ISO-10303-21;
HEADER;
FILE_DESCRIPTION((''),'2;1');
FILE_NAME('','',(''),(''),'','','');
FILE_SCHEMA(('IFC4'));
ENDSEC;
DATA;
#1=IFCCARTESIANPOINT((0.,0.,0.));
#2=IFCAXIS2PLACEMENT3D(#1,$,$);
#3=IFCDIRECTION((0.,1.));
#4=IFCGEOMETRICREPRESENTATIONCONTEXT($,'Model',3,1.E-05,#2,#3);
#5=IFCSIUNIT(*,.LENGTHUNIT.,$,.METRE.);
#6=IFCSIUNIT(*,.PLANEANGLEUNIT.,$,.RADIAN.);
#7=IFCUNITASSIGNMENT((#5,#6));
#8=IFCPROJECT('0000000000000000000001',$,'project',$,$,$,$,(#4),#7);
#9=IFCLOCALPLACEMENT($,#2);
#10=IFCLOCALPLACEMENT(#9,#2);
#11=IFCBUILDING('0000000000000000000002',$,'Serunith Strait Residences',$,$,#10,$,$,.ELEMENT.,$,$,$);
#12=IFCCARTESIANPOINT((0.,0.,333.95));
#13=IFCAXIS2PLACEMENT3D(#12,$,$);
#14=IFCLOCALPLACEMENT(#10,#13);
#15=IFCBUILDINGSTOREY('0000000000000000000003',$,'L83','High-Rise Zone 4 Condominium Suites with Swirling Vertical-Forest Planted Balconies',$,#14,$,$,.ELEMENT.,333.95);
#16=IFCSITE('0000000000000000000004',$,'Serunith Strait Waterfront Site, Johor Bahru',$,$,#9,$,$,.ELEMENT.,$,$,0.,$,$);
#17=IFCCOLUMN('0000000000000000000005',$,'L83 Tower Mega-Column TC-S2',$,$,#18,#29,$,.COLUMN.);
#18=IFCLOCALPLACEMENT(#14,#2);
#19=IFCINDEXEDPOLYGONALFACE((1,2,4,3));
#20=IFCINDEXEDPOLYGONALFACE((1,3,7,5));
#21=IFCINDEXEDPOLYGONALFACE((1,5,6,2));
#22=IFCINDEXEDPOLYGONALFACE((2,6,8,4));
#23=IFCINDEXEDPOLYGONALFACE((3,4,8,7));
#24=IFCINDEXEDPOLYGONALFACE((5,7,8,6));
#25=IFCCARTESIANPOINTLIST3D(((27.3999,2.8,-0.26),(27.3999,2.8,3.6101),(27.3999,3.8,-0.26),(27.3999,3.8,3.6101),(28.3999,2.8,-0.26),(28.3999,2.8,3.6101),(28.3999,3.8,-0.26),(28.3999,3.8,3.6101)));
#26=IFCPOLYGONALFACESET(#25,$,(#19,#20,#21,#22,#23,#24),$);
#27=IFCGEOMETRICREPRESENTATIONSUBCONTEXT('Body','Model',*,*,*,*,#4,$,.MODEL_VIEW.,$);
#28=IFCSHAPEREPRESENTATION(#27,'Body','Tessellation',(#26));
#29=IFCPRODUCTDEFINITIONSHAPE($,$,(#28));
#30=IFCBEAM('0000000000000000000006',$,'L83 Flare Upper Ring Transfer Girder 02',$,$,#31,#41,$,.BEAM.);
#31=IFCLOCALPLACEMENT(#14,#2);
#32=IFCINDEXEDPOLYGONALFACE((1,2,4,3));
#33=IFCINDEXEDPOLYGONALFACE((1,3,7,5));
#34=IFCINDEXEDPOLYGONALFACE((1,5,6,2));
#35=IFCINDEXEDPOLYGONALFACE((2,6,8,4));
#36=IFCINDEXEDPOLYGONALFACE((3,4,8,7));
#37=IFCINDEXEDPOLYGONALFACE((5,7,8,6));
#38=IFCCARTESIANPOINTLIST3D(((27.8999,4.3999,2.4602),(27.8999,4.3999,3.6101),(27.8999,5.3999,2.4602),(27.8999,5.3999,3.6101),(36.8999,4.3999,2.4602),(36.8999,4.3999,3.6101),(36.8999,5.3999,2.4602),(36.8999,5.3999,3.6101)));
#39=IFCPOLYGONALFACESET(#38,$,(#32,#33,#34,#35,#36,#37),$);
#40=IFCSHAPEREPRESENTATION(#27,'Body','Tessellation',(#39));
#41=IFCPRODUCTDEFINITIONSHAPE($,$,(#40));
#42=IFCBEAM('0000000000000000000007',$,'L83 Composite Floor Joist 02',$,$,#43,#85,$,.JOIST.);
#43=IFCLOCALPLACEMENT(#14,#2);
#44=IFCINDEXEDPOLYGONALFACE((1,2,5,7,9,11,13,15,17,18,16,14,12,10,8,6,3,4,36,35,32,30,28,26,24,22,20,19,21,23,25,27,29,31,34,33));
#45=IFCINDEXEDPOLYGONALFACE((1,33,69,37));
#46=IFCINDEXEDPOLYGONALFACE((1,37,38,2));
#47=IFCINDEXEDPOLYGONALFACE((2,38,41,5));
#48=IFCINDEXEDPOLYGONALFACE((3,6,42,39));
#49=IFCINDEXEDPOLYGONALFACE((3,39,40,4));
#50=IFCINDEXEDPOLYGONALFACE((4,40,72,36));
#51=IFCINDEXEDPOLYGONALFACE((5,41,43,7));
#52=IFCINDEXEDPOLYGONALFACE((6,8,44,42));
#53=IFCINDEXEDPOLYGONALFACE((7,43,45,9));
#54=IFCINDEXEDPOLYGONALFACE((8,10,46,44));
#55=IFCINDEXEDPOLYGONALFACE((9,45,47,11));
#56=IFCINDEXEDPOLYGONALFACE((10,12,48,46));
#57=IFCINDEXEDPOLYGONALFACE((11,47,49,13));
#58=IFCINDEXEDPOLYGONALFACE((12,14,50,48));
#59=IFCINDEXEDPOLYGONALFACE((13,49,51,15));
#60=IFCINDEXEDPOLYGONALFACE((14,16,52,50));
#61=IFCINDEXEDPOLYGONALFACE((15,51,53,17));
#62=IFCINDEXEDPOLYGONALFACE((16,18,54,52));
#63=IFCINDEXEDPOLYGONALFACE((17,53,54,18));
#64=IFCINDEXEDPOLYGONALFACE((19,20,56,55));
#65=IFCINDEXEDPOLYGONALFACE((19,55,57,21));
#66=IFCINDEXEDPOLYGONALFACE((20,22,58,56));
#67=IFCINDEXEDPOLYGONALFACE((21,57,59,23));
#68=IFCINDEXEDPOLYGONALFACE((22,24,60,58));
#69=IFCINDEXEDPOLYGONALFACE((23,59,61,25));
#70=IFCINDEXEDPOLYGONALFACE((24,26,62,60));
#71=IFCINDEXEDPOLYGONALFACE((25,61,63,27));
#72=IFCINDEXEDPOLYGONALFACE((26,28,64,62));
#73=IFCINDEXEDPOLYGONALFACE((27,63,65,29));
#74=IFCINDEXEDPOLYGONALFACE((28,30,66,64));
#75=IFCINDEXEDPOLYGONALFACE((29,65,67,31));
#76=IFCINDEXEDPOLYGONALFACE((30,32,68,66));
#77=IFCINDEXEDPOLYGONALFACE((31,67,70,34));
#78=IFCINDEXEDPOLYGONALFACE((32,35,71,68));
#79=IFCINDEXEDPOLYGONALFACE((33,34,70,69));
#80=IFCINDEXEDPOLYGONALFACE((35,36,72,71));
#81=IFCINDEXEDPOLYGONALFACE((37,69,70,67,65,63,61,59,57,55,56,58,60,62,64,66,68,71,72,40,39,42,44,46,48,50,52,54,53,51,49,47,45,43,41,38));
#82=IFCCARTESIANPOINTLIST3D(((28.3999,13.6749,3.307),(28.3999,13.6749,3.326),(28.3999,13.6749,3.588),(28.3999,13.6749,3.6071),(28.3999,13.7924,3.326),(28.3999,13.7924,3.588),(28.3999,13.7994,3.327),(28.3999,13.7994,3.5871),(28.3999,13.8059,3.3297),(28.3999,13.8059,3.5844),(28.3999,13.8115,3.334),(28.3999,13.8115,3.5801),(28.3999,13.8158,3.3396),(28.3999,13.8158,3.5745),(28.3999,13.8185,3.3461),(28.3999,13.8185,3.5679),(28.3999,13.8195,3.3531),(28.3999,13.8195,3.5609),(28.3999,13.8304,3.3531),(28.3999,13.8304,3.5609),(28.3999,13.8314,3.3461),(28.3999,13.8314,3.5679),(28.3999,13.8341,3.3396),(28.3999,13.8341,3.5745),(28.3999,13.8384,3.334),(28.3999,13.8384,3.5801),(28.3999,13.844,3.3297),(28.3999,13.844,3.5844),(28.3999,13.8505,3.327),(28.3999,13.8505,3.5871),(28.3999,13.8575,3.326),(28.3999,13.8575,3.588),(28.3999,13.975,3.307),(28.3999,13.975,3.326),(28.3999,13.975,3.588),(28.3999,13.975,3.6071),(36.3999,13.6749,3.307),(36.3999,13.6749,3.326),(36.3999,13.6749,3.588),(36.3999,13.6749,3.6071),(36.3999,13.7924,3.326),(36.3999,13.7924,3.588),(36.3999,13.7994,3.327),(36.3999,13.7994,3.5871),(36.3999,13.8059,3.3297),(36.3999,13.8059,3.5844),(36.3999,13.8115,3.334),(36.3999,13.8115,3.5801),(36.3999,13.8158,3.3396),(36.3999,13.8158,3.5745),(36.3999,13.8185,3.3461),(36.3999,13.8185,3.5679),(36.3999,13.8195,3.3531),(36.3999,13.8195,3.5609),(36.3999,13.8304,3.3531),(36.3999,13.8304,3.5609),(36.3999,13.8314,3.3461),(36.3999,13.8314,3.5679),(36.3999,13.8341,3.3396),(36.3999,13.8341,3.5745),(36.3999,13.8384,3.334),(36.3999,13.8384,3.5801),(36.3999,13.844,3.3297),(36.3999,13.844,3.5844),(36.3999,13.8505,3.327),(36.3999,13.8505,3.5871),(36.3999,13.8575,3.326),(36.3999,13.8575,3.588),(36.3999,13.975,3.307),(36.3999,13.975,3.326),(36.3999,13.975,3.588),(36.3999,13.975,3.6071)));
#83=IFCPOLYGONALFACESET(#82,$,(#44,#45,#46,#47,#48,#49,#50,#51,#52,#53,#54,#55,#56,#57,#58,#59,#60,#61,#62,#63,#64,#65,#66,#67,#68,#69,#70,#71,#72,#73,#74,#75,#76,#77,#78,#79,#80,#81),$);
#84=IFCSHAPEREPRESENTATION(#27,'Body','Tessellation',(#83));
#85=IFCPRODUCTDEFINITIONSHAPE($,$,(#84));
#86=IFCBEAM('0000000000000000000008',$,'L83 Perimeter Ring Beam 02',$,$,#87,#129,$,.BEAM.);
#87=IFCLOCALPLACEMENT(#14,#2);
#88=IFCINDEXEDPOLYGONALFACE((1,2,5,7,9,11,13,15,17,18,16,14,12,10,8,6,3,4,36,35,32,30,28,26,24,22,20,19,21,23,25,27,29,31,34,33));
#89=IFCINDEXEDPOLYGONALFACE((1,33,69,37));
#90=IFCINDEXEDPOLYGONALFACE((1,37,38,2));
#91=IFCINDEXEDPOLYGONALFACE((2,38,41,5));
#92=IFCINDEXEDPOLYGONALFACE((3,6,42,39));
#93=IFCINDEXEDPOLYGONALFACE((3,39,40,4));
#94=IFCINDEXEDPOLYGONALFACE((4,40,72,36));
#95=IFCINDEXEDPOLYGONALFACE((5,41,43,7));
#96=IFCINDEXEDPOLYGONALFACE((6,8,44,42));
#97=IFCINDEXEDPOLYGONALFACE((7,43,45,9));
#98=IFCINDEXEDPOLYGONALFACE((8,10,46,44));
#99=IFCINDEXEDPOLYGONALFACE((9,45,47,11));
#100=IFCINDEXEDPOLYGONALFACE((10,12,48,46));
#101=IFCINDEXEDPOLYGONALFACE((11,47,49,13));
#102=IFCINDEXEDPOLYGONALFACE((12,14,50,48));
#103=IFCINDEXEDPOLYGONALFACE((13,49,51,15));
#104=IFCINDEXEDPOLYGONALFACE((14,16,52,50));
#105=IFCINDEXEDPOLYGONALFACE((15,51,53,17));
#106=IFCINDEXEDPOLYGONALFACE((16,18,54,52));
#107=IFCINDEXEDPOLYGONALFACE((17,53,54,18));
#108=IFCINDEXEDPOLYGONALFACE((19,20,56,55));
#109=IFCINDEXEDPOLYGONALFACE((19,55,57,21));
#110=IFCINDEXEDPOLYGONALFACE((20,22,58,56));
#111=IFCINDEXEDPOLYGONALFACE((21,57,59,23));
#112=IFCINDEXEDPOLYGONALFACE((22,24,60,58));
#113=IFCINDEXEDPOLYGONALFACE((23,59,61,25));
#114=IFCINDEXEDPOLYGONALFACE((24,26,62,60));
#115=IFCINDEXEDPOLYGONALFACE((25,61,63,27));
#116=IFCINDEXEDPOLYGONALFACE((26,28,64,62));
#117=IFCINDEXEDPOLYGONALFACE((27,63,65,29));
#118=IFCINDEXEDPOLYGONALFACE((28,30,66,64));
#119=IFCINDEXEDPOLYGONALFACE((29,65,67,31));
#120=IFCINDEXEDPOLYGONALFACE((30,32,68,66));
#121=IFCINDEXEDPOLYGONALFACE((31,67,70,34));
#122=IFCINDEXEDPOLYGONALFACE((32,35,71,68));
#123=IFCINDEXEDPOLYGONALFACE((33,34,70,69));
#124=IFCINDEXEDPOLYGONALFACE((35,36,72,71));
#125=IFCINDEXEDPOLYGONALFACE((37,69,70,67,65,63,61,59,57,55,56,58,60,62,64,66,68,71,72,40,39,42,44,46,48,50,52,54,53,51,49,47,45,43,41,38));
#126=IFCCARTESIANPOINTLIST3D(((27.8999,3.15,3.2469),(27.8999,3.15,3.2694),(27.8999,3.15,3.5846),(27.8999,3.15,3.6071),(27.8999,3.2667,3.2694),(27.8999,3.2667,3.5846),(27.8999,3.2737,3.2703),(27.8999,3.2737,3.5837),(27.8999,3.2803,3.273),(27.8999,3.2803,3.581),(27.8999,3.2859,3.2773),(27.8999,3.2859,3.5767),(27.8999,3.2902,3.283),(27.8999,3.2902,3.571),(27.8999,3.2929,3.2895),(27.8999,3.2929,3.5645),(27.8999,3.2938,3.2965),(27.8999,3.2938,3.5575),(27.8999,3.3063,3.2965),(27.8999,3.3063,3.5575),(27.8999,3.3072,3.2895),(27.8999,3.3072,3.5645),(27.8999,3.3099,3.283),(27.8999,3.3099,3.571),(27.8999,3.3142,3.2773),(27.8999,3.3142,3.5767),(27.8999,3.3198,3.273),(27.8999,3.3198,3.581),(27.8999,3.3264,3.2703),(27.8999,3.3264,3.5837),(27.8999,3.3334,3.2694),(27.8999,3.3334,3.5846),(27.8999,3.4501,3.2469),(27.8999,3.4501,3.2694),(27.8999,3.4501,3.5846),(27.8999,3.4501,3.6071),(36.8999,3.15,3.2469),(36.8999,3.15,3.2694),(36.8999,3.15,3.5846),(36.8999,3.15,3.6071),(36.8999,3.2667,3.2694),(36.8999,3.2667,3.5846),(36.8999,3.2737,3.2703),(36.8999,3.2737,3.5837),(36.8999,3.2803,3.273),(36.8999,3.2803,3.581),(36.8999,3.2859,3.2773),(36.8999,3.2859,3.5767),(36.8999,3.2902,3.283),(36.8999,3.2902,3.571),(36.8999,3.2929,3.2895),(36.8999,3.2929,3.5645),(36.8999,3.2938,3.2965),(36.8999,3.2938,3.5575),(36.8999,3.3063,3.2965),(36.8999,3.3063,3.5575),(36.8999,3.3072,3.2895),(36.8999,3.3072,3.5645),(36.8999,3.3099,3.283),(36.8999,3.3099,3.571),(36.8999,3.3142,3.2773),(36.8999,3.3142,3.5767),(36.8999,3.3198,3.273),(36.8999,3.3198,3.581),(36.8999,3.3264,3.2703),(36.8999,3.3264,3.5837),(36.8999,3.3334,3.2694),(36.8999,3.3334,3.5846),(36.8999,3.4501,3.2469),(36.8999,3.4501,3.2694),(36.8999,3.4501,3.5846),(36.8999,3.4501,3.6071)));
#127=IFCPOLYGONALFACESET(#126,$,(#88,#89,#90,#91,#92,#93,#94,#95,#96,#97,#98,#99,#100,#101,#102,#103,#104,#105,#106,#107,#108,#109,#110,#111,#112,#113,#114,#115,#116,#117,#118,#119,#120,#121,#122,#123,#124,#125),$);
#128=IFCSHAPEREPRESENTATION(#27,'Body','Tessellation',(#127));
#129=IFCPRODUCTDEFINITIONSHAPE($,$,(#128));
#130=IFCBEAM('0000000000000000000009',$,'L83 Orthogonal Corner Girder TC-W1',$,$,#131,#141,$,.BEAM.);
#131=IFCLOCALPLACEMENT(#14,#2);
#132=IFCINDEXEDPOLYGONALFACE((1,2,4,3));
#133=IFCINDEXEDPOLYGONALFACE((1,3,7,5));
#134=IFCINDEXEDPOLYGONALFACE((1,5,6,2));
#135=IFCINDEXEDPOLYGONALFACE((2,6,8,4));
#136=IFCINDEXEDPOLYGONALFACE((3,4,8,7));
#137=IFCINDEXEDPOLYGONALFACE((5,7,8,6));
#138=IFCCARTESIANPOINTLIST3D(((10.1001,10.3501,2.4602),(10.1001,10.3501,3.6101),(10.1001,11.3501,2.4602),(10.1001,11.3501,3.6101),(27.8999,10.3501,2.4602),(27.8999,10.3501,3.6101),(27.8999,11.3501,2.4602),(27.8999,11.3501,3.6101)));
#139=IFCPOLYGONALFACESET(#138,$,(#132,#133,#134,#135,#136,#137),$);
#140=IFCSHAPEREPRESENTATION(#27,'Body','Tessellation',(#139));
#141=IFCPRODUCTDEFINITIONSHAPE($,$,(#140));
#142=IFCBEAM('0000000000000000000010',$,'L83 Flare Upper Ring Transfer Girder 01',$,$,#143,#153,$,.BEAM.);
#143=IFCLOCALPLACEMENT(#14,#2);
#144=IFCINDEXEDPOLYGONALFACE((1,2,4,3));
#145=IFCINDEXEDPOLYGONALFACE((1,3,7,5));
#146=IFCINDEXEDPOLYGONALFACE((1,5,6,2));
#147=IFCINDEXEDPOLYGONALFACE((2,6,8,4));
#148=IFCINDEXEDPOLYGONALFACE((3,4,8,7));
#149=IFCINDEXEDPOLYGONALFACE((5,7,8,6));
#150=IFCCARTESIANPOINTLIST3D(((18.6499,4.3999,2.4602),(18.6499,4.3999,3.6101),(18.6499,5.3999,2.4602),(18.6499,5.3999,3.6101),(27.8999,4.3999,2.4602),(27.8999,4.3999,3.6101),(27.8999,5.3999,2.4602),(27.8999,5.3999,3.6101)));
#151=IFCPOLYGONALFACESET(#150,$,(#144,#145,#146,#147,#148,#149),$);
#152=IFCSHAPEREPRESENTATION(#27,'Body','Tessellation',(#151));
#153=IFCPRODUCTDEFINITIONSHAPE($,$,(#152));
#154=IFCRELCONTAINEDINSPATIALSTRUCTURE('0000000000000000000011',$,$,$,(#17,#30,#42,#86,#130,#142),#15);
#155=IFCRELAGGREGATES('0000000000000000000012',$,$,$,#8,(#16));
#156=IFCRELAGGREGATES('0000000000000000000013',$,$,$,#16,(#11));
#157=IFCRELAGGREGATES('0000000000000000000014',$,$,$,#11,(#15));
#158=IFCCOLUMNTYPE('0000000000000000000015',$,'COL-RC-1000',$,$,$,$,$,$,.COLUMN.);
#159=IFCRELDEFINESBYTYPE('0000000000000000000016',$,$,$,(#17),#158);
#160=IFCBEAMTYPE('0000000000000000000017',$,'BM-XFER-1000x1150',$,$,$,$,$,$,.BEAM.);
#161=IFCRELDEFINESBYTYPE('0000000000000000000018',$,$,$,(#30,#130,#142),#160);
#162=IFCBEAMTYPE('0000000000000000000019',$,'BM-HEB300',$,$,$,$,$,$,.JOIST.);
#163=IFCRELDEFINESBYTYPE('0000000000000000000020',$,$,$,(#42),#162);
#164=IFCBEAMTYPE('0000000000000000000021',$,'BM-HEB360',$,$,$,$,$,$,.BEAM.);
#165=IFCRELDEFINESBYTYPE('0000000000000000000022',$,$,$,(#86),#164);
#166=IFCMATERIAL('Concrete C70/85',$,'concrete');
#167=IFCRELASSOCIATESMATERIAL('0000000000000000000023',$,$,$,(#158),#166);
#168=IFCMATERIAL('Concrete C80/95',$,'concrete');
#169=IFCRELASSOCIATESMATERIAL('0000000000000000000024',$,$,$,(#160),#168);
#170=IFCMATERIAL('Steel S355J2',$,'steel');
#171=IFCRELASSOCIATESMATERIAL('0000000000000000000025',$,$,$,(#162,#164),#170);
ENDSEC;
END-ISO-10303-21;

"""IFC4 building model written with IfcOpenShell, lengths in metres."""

from ifc_helpers import new_model, si_unit, direction, frame, origin, origin_2d, place, context, subcontext, project, spatial, rectangle, i_section, extrude, source, transform, mapped, material, material_profile, profile_set, type_object, element, save


model = new_model("IFC4")

# Units and contexts
model_context = context("Model", 3, precision=1e-05, world=origin(), true_north=direction((0.0, 1.0)))
body_context = subcontext(model_context, "Body", "Model", "MODEL_VIEW")
ifc_project = project(units=[si_unit("LENGTHUNIT", "METRE"), si_unit("PLANEANGLEUNIT", "RADIAN")], contexts=[model_context])

# Site, building, storey
site_placement = place(None, origin())
site = spatial("IfcSite", under=ifc_project, at=site_placement, Name="Serunith Strait Waterfront Site, Johor Bahru", CompositionType="ELEMENT", RefElevation=0.0)
building_placement = place(site_placement, origin())
building = spatial("IfcBuilding", under=site, at=building_placement, Name="Serunith Strait Residences", CompositionType="ELEMENT")
storey_placement = place(building_placement, frame((0.0, 0.0, 333.95)))
storey = spatial("IfcBuildingStorey", under=building, at=storey_placement, Name="L83", Description="High-Rise Zone 4 Condominium Suites with Swirling Vertical-Forest Planted Balconies", CompositionType="ELEMENT", Elevation=333.95)

# Column
ifc_material_1 = material(Name="Concrete C70/85", Category="concrete")
ifc_material_profile_1 = material_profile(ifc_material_1, rectangle(XDim=1.0, YDim=1.0, at=origin_2d()), Name="RC 1000x1000")
ifc_profile_set_1 = profile_set([ifc_material_profile_1], Name="Concrete C70/85")
column_type = type_object("IfcColumnType", Name="COL-RC-1000", PredefinedType="COLUMN", material=ifc_profile_set_1)
shared_shape_1 = source(origin(), body_context, "Body", "SweptSolid", [
    extrude(rectangle(XDim=1.0, YDim=1.0, at=origin_2d()), origin(), (0.0, 0.0, 1.0), 3.8701),
])
column_placement = place(storey_placement, frame((27.8999, 3.3, -0.26), z_axis=(0.0, 0.0, 1.0), x_axis=(1.0, 0.0, 0.0)))
element("IfcColumn", 1, at=column_placement, inside=storey, type_object=column_type, Name="L83 Tower Mega-Column TC-S2", PredefinedType="COLUMN", context=body_context, shape_type="MappedRepresentation", body=[
    mapped(shared_shape_1, transform((0.0, 0.0, 0.0), scale=1.0)),
])

# Beams
ifc_material_2 = material(Name="Concrete C80/95", Category="concrete")
ifc_material_profile_2 = material_profile(ifc_material_2, rectangle(XDim=1.0, YDim=1.1499, at=origin_2d()), Name="RC 1000x1150")
ifc_profile_set_2 = profile_set([ifc_material_profile_2], Name="Concrete C80/95")
beam_type_1 = type_object("IfcBeamType", Name="BM-XFER-1000x1150", PredefinedType="BEAM", material=ifc_profile_set_2)
shared_shape_2 = source(origin(), body_context, "Body", "SweptSolid", [
    extrude(rectangle(XDim=1.0, YDim=1.1499, at=origin_2d()), origin(), (0.0, 0.0, 1.0), 9.0),
])
beam_1_placement = place(storey_placement, frame((27.8999, 4.8999, 3.0352), z_axis=(1.0, 0.0, 0.0), x_axis=(0.0, 1.0, 0.0)))
element("IfcBeam", 2, at=beam_1_placement, inside=storey, type_object=beam_type_1, Name="L83 Flare Upper Ring Transfer Girder 02", PredefinedType="BEAM", context=body_context, shape_type="MappedRepresentation", body=[
    mapped(shared_shape_2, transform((0.0, 0.0, 0.0), scale=1.0)),
])
ifc_material_3 = material(Name="Steel S355J2", Category="steel")
ifc_material_profile_3 = material_profile(ifc_material_3, i_section(OverallWidth=0.3, OverallDepth=0.3, WebThickness=0.011, FlangeThickness=0.019, FilletRadius=0.0271, at=origin_2d()), Name="HEB 300")
ifc_profile_set_3 = profile_set([ifc_material_profile_3], Name="Steel S355J2")
beam_type_2 = type_object("IfcBeamType", Name="BM-HEB300", PredefinedType="JOIST", material=ifc_profile_set_3)
shared_shape_3 = source(origin(), body_context, "Body", "SweptSolid", [
    extrude(i_section(OverallWidth=0.3, OverallDepth=0.3, WebThickness=0.011, FlangeThickness=0.019, FilletRadius=0.0271, at=origin_2d()), origin(), (0.0, 0.0, 1.0), 8.0),
])
beam_2_placement = place(storey_placement, frame((28.3999, 13.825, 3.457), z_axis=(1.0, 0.0, 0.0), x_axis=(0.0, 1.0, 0.0)))
element("IfcBeam", 3, at=beam_2_placement, inside=storey, type_object=beam_type_2, Name="L83 Composite Floor Joist 02", PredefinedType="JOIST", context=body_context, shape_type="MappedRepresentation", body=[
    mapped(shared_shape_3, transform((0.0, 0.0, 0.0), scale=1.0)),
])
ifc_material_profile_4 = material_profile(ifc_material_3, i_section(OverallWidth=0.3, OverallDepth=0.3601, WebThickness=0.0125, FlangeThickness=0.0225, FilletRadius=0.0271, at=origin_2d()), Name="HEB 360")
ifc_profile_set_4 = profile_set([ifc_material_profile_4], Name="Steel S355J2")
beam_type_3 = type_object("IfcBeamType", Name="BM-HEB360", PredefinedType="BEAM", material=ifc_profile_set_4)
shared_shape_4 = source(origin(), body_context, "Body", "SweptSolid", [
    extrude(i_section(OverallWidth=0.3, OverallDepth=0.3601, WebThickness=0.0125, FlangeThickness=0.0225, FilletRadius=0.0271, at=origin_2d()), origin(), (0.0, 0.0, 1.0), 9.0),
])
beam_3_placement = place(storey_placement, frame((27.8999, 3.3, 3.427), z_axis=(1.0, 0.0, 0.0), x_axis=(0.0, 1.0, 0.0)))
element("IfcBeam", 4, at=beam_3_placement, inside=storey, type_object=beam_type_3, Name="L83 Perimeter Ring Beam 02", PredefinedType="BEAM", context=body_context, shape_type="MappedRepresentation", body=[
    mapped(shared_shape_4, transform((0.0, 0.0, 0.0), scale=1.0)),
])
shared_shape_5 = source(origin(), body_context, "Body", "SweptSolid", [
    extrude(rectangle(XDim=1.0, YDim=1.1499, at=origin_2d()), origin(), (0.0, 0.0, 1.0), 17.7998),
])
beam_4_placement = place(storey_placement, frame((27.8999, 10.8501, 3.0352), z_axis=(-1.0, 0.0, 0.0), x_axis=(0.0, -1.0, 0.0)))
element("IfcBeam", 5, at=beam_4_placement, inside=storey, type_object=beam_type_1, Name="L83 Orthogonal Corner Girder TC-W1", PredefinedType="BEAM", context=body_context, shape_type="MappedRepresentation", body=[
    mapped(shared_shape_5, transform((0.0, 0.0, 0.0), scale=1.0)),
])
shared_shape_6 = source(origin(), body_context, "Body", "SweptSolid", [
    extrude(rectangle(XDim=1.0, YDim=1.1499, at=origin_2d()), origin(), (0.0, 0.0, 1.0), 9.25),
])
beam_5_placement = place(storey_placement, frame((18.6499, 4.8999, 3.0352), z_axis=(1.0, 0.0, 0.0), x_axis=(0.0, 1.0, 0.0)))
element("IfcBeam", 6, at=beam_5_placement, inside=storey, type_object=beam_type_1, Name="L83 Flare Upper Ring Transfer Girder 01", PredefinedType="BEAM", context=body_context, shape_type="MappedRepresentation", body=[
    mapped(shared_shape_6, transform((0.0, 0.0, 0.0), scale=1.0)),
])

save(model, "model.ifc")
